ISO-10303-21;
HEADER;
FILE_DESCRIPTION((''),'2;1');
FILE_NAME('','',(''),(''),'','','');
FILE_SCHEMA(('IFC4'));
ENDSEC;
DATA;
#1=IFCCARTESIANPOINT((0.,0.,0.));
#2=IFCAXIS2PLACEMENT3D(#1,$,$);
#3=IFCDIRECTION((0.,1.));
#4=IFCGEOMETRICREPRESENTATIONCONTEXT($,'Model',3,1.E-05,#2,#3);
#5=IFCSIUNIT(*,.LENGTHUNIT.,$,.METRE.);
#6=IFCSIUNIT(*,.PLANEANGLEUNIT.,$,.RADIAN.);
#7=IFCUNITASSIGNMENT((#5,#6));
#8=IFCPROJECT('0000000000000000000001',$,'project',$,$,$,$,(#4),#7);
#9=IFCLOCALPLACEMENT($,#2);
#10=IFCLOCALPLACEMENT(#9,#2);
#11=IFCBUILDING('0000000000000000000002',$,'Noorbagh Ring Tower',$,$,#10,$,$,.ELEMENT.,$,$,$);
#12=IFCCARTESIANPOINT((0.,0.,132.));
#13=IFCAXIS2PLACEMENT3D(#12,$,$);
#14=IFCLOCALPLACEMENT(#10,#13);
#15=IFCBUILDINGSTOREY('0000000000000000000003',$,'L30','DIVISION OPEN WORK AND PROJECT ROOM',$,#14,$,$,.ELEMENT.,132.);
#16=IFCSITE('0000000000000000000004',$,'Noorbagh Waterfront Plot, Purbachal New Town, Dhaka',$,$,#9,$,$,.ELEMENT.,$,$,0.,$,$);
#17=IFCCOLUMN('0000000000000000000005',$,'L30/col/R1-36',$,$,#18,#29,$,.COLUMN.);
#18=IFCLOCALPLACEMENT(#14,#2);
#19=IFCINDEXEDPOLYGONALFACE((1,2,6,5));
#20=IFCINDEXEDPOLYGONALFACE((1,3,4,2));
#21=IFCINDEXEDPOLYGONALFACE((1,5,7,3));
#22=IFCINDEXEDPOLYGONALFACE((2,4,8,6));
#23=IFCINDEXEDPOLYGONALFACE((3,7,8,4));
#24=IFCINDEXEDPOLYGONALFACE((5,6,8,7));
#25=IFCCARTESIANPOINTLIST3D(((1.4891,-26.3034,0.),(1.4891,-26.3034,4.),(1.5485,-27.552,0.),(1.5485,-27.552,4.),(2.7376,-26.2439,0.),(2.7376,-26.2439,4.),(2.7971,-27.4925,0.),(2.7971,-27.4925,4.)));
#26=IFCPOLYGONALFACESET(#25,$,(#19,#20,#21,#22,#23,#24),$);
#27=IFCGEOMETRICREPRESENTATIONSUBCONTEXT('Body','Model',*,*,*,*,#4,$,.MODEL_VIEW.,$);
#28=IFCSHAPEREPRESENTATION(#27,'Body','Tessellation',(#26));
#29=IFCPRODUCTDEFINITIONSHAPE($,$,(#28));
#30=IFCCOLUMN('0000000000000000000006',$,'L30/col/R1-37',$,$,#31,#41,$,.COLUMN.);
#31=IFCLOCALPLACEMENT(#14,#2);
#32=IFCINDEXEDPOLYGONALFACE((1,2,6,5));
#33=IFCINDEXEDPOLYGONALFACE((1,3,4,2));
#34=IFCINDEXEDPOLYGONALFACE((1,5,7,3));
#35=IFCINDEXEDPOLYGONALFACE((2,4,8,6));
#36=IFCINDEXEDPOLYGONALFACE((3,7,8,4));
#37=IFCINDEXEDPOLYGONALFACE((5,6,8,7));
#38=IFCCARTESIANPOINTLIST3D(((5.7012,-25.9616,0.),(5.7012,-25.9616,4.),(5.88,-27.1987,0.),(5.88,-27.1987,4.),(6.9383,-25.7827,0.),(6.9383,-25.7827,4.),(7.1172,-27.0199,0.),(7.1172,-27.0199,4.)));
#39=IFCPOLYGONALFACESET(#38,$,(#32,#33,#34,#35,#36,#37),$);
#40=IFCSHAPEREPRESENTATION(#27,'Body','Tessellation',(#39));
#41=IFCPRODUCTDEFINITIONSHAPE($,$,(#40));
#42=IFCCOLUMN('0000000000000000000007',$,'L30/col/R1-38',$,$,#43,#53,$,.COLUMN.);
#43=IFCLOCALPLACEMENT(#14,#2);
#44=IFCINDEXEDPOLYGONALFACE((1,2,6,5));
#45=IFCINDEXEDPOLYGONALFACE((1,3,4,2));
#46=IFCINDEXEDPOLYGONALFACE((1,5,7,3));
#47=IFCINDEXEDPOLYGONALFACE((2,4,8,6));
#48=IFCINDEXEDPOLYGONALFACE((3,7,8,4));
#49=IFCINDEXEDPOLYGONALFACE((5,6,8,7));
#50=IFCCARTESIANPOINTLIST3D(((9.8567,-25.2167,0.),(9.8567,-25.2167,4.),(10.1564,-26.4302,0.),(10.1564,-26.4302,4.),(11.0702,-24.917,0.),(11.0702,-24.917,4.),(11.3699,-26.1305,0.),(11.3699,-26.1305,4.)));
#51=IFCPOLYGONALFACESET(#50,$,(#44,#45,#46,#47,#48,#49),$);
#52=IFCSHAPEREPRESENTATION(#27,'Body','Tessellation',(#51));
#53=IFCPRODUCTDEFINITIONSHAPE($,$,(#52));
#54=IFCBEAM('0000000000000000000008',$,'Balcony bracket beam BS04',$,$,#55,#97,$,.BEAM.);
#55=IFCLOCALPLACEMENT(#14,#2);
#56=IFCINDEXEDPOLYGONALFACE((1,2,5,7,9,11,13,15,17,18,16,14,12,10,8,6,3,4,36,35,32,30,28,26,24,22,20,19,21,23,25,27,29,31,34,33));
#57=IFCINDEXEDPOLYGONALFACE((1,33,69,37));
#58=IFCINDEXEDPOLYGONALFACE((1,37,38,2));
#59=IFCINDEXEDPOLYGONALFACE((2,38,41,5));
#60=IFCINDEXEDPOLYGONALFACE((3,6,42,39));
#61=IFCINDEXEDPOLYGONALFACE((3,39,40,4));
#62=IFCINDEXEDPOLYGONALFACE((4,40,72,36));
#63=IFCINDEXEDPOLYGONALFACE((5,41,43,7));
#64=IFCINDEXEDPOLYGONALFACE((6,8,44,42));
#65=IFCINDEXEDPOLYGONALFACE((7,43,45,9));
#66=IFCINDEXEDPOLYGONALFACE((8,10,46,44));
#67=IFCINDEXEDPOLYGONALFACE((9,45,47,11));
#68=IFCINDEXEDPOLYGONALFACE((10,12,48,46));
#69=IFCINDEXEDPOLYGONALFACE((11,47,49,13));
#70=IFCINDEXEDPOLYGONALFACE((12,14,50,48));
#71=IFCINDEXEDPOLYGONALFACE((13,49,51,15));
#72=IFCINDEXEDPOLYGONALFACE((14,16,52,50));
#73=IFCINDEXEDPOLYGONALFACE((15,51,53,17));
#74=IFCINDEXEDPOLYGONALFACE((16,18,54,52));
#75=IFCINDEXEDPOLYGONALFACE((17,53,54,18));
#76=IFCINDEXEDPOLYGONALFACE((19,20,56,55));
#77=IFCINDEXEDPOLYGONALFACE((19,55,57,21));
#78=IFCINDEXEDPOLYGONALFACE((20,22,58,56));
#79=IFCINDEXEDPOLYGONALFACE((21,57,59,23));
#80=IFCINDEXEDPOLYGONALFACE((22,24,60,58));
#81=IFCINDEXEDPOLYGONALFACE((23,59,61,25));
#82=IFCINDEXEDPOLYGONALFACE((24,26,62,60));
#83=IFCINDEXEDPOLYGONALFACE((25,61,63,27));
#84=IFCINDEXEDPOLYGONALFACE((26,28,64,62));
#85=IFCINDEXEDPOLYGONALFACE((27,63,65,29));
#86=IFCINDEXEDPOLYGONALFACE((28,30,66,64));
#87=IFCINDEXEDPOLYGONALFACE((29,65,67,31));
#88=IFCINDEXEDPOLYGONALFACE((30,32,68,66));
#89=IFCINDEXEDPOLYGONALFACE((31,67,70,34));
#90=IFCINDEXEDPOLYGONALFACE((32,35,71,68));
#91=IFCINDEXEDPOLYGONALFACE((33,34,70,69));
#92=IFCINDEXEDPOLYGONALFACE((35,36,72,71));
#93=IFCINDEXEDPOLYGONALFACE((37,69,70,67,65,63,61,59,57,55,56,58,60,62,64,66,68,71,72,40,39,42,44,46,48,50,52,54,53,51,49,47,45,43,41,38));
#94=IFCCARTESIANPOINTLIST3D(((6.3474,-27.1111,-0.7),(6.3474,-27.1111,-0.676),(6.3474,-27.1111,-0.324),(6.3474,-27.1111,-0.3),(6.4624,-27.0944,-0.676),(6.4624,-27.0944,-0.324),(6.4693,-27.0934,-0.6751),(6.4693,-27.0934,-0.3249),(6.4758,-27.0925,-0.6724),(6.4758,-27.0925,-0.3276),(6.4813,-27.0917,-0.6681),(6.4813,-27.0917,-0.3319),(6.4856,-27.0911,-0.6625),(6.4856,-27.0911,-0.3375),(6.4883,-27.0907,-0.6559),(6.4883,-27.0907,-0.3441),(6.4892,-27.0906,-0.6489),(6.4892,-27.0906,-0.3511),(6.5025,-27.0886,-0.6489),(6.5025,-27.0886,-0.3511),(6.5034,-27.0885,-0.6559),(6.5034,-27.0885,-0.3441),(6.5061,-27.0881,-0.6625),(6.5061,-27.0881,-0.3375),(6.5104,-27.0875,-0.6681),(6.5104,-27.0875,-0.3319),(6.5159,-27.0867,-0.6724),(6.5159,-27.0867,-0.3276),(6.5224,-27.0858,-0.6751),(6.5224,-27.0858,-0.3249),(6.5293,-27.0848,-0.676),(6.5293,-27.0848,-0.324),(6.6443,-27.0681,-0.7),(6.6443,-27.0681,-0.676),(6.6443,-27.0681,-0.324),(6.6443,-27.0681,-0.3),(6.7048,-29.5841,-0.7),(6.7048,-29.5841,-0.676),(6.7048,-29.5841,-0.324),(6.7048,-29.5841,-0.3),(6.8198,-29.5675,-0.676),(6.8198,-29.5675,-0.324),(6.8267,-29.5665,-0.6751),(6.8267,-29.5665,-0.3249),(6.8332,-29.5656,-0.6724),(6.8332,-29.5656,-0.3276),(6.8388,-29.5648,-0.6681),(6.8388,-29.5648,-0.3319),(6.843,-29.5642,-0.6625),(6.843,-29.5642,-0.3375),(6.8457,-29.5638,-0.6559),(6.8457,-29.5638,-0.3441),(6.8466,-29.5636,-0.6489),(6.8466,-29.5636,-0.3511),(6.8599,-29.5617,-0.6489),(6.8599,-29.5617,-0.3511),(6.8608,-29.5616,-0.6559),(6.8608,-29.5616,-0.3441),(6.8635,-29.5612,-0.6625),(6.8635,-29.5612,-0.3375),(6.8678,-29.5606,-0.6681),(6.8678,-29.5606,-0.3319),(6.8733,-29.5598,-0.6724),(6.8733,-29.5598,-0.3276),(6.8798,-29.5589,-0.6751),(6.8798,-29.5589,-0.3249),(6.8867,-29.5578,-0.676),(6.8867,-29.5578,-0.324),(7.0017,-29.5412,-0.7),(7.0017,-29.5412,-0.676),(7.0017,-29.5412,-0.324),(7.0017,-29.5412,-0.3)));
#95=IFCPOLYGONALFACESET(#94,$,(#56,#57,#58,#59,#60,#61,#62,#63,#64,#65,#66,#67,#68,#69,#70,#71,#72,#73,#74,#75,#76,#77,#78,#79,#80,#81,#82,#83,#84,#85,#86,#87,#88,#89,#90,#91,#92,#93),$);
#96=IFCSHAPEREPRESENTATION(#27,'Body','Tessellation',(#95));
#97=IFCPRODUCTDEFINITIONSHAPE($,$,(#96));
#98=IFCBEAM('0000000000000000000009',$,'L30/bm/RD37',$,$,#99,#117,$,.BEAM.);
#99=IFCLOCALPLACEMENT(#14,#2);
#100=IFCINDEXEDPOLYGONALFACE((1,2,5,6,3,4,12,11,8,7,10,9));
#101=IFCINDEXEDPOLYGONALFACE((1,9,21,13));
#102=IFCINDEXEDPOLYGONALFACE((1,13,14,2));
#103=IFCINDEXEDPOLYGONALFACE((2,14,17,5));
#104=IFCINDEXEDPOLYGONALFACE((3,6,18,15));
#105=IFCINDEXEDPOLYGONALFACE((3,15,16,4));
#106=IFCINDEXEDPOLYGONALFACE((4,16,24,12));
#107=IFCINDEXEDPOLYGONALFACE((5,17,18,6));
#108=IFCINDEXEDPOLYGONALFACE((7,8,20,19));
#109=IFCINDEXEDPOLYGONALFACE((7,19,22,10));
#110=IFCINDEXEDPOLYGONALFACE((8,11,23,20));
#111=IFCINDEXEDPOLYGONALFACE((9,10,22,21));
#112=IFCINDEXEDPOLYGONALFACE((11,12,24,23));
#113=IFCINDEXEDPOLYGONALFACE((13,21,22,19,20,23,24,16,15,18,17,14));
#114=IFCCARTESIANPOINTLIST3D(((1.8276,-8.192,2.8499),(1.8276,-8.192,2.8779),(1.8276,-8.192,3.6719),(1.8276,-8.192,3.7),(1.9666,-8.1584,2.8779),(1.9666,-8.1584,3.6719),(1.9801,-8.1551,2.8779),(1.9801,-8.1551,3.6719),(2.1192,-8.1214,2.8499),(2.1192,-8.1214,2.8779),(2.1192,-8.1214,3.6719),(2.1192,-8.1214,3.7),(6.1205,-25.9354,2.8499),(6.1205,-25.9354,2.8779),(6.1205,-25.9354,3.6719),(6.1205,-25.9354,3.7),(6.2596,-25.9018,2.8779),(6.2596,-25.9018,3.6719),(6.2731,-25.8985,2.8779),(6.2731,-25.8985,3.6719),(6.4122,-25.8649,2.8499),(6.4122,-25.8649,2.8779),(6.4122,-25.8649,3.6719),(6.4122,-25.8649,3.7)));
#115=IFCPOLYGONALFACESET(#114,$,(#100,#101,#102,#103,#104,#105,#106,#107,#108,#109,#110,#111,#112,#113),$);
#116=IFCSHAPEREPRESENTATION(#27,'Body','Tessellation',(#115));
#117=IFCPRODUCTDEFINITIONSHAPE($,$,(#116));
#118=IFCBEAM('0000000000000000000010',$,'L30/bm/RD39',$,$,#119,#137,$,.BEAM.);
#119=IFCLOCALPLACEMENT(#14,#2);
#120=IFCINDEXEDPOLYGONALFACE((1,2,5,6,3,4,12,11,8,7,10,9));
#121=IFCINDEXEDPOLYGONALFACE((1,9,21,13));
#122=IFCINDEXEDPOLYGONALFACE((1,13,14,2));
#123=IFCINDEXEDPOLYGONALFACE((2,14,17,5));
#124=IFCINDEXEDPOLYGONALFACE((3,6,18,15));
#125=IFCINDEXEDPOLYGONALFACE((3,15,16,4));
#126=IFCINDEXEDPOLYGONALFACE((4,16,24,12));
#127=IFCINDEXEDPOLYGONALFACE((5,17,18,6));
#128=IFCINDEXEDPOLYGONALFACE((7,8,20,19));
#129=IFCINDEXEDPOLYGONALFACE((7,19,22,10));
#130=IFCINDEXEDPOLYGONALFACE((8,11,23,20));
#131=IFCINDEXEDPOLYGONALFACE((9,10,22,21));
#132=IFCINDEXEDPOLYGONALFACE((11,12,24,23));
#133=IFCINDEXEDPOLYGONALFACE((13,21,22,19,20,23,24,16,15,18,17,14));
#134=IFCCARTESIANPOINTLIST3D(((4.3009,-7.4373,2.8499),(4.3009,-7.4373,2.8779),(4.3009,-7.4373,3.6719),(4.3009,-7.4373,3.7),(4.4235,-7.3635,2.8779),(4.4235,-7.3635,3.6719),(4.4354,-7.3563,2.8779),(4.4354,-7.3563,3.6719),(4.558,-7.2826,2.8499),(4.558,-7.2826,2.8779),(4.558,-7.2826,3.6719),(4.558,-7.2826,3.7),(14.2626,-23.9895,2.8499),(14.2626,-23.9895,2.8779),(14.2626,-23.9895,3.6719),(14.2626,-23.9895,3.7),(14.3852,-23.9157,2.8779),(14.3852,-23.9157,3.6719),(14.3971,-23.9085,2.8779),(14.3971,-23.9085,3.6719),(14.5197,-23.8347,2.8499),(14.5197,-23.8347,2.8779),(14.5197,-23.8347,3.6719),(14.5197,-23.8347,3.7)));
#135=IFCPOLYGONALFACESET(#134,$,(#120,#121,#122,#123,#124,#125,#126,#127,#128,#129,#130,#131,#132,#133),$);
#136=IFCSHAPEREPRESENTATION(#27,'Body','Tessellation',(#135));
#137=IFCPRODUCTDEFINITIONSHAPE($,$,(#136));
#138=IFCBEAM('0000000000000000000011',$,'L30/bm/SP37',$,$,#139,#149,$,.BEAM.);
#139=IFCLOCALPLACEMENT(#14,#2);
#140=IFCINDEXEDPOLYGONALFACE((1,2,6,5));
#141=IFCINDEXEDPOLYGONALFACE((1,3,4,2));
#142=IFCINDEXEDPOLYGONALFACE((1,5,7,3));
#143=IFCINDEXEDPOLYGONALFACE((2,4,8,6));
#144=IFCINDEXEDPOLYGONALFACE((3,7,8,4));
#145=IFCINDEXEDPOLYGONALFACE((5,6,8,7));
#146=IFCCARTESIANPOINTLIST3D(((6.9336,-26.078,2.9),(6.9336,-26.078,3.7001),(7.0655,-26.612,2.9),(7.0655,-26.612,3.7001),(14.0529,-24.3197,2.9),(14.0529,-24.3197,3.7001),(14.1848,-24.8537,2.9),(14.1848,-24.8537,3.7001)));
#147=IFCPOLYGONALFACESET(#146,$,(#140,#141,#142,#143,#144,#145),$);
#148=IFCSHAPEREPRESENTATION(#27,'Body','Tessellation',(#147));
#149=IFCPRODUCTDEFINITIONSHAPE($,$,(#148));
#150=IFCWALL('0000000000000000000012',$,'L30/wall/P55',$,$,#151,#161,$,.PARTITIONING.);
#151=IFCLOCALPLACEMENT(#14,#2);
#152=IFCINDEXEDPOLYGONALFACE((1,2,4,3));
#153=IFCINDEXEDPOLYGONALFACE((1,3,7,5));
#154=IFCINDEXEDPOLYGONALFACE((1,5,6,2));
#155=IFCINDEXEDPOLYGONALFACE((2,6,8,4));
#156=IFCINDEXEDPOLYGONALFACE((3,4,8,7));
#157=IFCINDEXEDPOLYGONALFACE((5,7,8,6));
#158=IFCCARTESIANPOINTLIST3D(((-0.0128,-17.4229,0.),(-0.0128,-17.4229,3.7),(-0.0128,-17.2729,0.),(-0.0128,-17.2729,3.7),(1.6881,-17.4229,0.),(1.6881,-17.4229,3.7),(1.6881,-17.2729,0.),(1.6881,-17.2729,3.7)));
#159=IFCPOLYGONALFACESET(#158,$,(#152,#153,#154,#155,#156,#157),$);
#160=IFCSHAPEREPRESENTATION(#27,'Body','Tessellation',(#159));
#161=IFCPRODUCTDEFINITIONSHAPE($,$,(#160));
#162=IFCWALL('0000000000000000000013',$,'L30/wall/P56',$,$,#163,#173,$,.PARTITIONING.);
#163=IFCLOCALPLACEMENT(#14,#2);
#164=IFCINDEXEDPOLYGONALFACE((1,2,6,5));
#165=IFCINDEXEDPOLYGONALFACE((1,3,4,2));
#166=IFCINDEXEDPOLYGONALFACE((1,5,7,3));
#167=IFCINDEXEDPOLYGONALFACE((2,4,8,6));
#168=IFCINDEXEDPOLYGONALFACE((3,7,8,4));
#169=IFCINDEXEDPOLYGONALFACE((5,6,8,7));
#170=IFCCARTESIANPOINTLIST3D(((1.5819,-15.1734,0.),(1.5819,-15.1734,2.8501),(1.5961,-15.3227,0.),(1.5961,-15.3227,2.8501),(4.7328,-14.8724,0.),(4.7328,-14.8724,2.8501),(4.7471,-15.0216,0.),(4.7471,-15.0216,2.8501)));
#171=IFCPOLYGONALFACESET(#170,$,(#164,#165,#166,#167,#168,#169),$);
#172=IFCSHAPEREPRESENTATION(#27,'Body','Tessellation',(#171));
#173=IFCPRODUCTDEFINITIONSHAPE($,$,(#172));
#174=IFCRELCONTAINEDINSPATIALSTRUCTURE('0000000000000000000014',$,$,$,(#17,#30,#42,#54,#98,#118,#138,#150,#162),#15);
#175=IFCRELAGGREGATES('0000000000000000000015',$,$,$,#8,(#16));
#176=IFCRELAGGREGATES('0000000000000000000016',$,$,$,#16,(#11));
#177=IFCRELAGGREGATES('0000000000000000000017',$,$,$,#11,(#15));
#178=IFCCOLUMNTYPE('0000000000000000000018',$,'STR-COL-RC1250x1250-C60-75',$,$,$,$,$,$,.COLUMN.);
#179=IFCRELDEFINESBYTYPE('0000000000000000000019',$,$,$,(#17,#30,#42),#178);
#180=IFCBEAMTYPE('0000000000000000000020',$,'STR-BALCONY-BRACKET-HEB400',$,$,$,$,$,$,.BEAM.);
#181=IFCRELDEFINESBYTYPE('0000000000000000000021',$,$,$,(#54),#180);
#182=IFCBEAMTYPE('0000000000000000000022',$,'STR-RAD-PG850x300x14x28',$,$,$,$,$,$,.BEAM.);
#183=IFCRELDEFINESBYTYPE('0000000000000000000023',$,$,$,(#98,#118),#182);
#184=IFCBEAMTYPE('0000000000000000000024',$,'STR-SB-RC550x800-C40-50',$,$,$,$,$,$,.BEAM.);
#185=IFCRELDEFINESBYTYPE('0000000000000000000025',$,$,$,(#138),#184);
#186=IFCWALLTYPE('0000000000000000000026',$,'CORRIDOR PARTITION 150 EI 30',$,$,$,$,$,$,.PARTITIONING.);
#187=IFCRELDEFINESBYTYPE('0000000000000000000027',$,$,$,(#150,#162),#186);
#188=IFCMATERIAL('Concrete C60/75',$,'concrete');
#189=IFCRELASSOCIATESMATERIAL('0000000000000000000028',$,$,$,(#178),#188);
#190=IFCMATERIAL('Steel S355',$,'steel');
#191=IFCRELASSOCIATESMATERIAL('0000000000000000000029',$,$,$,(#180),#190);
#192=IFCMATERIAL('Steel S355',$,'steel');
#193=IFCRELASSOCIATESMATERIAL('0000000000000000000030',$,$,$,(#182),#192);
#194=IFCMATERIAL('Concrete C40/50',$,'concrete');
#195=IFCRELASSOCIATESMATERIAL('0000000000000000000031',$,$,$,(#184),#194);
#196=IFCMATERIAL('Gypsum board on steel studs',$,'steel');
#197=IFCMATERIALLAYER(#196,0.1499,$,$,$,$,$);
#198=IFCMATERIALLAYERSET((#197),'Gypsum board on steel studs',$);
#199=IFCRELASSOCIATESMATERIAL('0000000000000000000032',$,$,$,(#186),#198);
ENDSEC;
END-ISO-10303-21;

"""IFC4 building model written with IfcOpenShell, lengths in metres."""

from ifc_helpers import new_model, si_unit, direction, frame, frame_2d, origin, origin_2d, place, context, subcontext, project, spatial, rectangle, i_section, extrude, material, layer, layer_set, material_profile, profile_set, type_object, element, save


model = new_model("IFC4")

# Units and contexts
model_context = context("Model", 3, precision=1e-05, world=origin(), true_north=direction((0.0, 1.0)))
body_context = subcontext(model_context, "Body", "Model", "MODEL_VIEW")
ifc_project = project(units=[si_unit("LENGTHUNIT", "METRE"), si_unit("PLANEANGLEUNIT", "RADIAN")], contexts=[model_context])

# Site, building, storey
site_placement = place(None, origin())
site = spatial("IfcSite", under=ifc_project, at=site_placement, Name="Noorbagh Waterfront Plot, Purbachal New Town, Dhaka", CompositionType="ELEMENT", RefElevation=0.0)
building_placement = place(site_placement, origin())
building = spatial("IfcBuilding", under=site, at=building_placement, Name="Noorbagh Ring Tower", CompositionType="ELEMENT")
storey_placement = place(building_placement, frame((0.0, 0.0, 132.0)))
storey = spatial("IfcBuildingStorey", under=building, at=storey_placement, Name="L30", Description="DIVISION OPEN WORK AND PROJECT ROOM", CompositionType="ELEMENT", Elevation=132.0)

# Columns
ifc_material_1 = material(Name="Concrete C60/75", Category="concrete")
ifc_material_profile_1 = material_profile(ifc_material_1, rectangle(XDim=1.25, YDim=1.25, at=origin_2d()), Name="RC1250x1250")
ifc_profile_set_1 = profile_set([ifc_material_profile_1], Name="Concrete C60/75")
column_type = type_object("IfcColumnType", Name="STR-COL-RC1250x1250-C60-75", PredefinedType="COLUMN", material=ifc_profile_set_1)
for number, where, z_axis, x_axis, name in (
    (1, (2.1431, -26.8979, 0.0), (0.0, 0.0, 1.0), (0.998869, 0.047553, 0.0), "L30/col/R1-36"),
    (2, (6.4092, -26.4907, 0.0), (0.0, 0.0, 1.0), (0.989713, 0.143066, 0.0), "L30/col/R1-37"),
    (3, (10.6133, -25.6736, 0.0), (0.0, 0.0, 1.0), (0.970829, 0.239771, 0.0), "L30/col/R1-38"),
):
    element("IfcColumn", number, at=place(storey_placement, frame(where, z_axis=z_axis, x_axis=x_axis)), inside=storey, type_object=column_type, Name=name, PredefinedType="COLUMN", context=body_context, shape_type="SweptSolid", body=[
        extrude(rectangle(XDim=1.25, YDim=1.25, at=origin_2d()), origin(), (0.0, 0.0, 1.0), 4.0),
    ])

# Beams
ifc_material_2 = material(Name="Steel S355", Category="steel")
ifc_material_profile_2 = material_profile(ifc_material_2, i_section(OverallWidth=0.3, OverallDepth=0.3999, WebThickness=0.0134, FlangeThickness=0.0239, FilletRadius=0.0271, at=origin_2d()), Name="HEB400")
ifc_profile_set_2 = profile_set([ifc_material_profile_2], Name="Steel S355")
beam_type_1 = type_object("IfcBeamType", Name="STR-BALCONY-BRACKET-HEB400", PredefinedType="BEAM", material=ifc_profile_set_2)
beam_1_placement = place(storey_placement, frame((6.4958, -27.0896, -0.5), z_axis=(0.143035, -0.989718, 0.0), x_axis=(0.989718, 0.143035, 0.0)))
element("IfcBeam", 4, at=beam_1_placement, inside=storey, type_object=beam_type_1, Name="Balcony bracket beam BS04", PredefinedType="BEAM", context=body_context, shape_type="SweptSolid", body=[
    extrude(i_section(OverallWidth=0.3, OverallDepth=0.3999, WebThickness=0.0134, FlangeThickness=0.0239, FilletRadius=0.0271, at=origin_2d()), origin(), (0.0, 0.0, 1.0), 2.4988),
])
ifc_material_3 = material(Name="Steel S355", Category="steel")
ifc_material_profile_3 = material_profile(ifc_material_3, i_section(OverallWidth=0.3, OverallDepth=0.8501, WebThickness=0.0139, FlangeThickness=0.0281, at=origin_2d()), Name="PG850x300x14x28")
ifc_profile_set_3 = profile_set([ifc_material_profile_3], Name="Steel S355")
beam_type_2 = type_object("IfcBeamType", Name="STR-RAD-PG850x300x14x28", PredefinedType="BEAM", material=ifc_profile_set_3)
beam_2_placement = place(storey_placement, frame((6.2664, -25.9001, 3.2749), z_axis=(-0.235162, 0.971956, 0.0), x_axis=(-0.971956, -0.235162, 0.0)))
element("IfcBeam", 5, at=beam_2_placement, inside=storey, type_object=beam_type_2, Name="L30/bm/RD37", PredefinedType="BEAM", context=body_context, shape_type="SweptSolid", body=[
    extrude(i_section(OverallWidth=0.3, OverallDepth=0.8501, WebThickness=0.0139, FlangeThickness=0.0281, at=origin_2d()), origin(), (0.0, 0.0, 1.0), 18.2554),
])
beam_3_placement = place(storey_placement, frame((14.3911, -23.9121, 3.2749), z_axis=(-0.515649, 0.8568, 0.0), x_axis=(-0.8568, -0.515649, 0.0)))
element("IfcBeam", 6, at=beam_3_placement, inside=storey, type_object=beam_type_2, Name="L30/bm/RD39", PredefinedType="BEAM", context=body_context, shape_type="SweptSolid", body=[
    extrude(i_section(OverallWidth=0.3, OverallDepth=0.8501, WebThickness=0.0139, FlangeThickness=0.0281, at=origin_2d()), origin(), (0.0, 0.0, 1.0), 19.3186),
])
ifc_material_4 = material(Name="Concrete C40/50", Category="concrete")
ifc_material_profile_4 = material_profile(ifc_material_4, rectangle(XDim=0.55, YDim=0.8, at=origin_2d()), Name="RC550x800")
ifc_profile_set_4 = profile_set([ifc_material_profile_4], Name="Concrete C40/50")
beam_type_3 = type_object("IfcBeamType", Name="STR-SB-RC550x800-C40-50", PredefinedType="BEAM", material=ifc_profile_set_4)
beam_4_placement = place(storey_placement, frame((6.9995, -26.345, 3.3), z_axis=(0.97083, 0.239769, 0.0), x_axis=(-0.239769, 0.97083, 0.0)))
element("IfcBeam", 7, at=beam_4_placement, inside=storey, type_object=beam_type_3, Name="L30/bm/SP37", PredefinedType="BEAM", context=body_context, shape_type="SweptSolid", body=[
    extrude(rectangle(XDim=0.55, YDim=0.8, at=origin_2d()), origin(), (0.0, 0.0, 1.0), 7.3333),
])

# Walls
ifc_material_5 = material(Name="Gypsum board on steel studs", Category="steel")
ifc_layer_1 = layer(ifc_material_5, 0.1499)
ifc_layer_set_1 = layer_set([ifc_layer_1], Name="Gypsum board on steel studs")
wall_type_1 = type_object("IfcWallType", Name="CORRIDOR PARTITION 150 EI 30", PredefinedType="PARTITIONING", material=ifc_layer_set_1)
wall_1_placement = place(storey_placement, frame((-0.0129, -17.3479, 0.0), z_axis=(0.0, 0.0, 1.0), x_axis=(1.0, 0.0, 0.0)))
element("IfcWall", 8, at=wall_1_placement, inside=storey, type_object=wall_type_1, Name="L30/wall/P55", PredefinedType="PARTITIONING", context=body_context, shape_type="SweptSolid", body=[
    extrude(rectangle(XDim=1.7009, YDim=0.1499, at=frame_2d((0.8506, 0.0))), origin(), (0.0, 0.0, 1.0), 3.7),
])
wall_2_placement = place(storey_placement, frame((1.5891, -15.248, 0.0), z_axis=(0.0, 0.0, 1.0), x_axis=(0.995467, 0.095104, 0.0)))
element("IfcWall", 9, at=wall_2_placement, inside=storey, type_object=wall_type_1, Name="L30/wall/P56", PredefinedType="PARTITIONING", context=body_context, shape_type="SweptSolid", body=[
    extrude(rectangle(XDim=3.1653, YDim=0.1499, at=frame_2d((1.5825, 0.0))), origin(), (0.0, 0.0, 1.0), 2.8501),
])

save(model, "model.ifc")
